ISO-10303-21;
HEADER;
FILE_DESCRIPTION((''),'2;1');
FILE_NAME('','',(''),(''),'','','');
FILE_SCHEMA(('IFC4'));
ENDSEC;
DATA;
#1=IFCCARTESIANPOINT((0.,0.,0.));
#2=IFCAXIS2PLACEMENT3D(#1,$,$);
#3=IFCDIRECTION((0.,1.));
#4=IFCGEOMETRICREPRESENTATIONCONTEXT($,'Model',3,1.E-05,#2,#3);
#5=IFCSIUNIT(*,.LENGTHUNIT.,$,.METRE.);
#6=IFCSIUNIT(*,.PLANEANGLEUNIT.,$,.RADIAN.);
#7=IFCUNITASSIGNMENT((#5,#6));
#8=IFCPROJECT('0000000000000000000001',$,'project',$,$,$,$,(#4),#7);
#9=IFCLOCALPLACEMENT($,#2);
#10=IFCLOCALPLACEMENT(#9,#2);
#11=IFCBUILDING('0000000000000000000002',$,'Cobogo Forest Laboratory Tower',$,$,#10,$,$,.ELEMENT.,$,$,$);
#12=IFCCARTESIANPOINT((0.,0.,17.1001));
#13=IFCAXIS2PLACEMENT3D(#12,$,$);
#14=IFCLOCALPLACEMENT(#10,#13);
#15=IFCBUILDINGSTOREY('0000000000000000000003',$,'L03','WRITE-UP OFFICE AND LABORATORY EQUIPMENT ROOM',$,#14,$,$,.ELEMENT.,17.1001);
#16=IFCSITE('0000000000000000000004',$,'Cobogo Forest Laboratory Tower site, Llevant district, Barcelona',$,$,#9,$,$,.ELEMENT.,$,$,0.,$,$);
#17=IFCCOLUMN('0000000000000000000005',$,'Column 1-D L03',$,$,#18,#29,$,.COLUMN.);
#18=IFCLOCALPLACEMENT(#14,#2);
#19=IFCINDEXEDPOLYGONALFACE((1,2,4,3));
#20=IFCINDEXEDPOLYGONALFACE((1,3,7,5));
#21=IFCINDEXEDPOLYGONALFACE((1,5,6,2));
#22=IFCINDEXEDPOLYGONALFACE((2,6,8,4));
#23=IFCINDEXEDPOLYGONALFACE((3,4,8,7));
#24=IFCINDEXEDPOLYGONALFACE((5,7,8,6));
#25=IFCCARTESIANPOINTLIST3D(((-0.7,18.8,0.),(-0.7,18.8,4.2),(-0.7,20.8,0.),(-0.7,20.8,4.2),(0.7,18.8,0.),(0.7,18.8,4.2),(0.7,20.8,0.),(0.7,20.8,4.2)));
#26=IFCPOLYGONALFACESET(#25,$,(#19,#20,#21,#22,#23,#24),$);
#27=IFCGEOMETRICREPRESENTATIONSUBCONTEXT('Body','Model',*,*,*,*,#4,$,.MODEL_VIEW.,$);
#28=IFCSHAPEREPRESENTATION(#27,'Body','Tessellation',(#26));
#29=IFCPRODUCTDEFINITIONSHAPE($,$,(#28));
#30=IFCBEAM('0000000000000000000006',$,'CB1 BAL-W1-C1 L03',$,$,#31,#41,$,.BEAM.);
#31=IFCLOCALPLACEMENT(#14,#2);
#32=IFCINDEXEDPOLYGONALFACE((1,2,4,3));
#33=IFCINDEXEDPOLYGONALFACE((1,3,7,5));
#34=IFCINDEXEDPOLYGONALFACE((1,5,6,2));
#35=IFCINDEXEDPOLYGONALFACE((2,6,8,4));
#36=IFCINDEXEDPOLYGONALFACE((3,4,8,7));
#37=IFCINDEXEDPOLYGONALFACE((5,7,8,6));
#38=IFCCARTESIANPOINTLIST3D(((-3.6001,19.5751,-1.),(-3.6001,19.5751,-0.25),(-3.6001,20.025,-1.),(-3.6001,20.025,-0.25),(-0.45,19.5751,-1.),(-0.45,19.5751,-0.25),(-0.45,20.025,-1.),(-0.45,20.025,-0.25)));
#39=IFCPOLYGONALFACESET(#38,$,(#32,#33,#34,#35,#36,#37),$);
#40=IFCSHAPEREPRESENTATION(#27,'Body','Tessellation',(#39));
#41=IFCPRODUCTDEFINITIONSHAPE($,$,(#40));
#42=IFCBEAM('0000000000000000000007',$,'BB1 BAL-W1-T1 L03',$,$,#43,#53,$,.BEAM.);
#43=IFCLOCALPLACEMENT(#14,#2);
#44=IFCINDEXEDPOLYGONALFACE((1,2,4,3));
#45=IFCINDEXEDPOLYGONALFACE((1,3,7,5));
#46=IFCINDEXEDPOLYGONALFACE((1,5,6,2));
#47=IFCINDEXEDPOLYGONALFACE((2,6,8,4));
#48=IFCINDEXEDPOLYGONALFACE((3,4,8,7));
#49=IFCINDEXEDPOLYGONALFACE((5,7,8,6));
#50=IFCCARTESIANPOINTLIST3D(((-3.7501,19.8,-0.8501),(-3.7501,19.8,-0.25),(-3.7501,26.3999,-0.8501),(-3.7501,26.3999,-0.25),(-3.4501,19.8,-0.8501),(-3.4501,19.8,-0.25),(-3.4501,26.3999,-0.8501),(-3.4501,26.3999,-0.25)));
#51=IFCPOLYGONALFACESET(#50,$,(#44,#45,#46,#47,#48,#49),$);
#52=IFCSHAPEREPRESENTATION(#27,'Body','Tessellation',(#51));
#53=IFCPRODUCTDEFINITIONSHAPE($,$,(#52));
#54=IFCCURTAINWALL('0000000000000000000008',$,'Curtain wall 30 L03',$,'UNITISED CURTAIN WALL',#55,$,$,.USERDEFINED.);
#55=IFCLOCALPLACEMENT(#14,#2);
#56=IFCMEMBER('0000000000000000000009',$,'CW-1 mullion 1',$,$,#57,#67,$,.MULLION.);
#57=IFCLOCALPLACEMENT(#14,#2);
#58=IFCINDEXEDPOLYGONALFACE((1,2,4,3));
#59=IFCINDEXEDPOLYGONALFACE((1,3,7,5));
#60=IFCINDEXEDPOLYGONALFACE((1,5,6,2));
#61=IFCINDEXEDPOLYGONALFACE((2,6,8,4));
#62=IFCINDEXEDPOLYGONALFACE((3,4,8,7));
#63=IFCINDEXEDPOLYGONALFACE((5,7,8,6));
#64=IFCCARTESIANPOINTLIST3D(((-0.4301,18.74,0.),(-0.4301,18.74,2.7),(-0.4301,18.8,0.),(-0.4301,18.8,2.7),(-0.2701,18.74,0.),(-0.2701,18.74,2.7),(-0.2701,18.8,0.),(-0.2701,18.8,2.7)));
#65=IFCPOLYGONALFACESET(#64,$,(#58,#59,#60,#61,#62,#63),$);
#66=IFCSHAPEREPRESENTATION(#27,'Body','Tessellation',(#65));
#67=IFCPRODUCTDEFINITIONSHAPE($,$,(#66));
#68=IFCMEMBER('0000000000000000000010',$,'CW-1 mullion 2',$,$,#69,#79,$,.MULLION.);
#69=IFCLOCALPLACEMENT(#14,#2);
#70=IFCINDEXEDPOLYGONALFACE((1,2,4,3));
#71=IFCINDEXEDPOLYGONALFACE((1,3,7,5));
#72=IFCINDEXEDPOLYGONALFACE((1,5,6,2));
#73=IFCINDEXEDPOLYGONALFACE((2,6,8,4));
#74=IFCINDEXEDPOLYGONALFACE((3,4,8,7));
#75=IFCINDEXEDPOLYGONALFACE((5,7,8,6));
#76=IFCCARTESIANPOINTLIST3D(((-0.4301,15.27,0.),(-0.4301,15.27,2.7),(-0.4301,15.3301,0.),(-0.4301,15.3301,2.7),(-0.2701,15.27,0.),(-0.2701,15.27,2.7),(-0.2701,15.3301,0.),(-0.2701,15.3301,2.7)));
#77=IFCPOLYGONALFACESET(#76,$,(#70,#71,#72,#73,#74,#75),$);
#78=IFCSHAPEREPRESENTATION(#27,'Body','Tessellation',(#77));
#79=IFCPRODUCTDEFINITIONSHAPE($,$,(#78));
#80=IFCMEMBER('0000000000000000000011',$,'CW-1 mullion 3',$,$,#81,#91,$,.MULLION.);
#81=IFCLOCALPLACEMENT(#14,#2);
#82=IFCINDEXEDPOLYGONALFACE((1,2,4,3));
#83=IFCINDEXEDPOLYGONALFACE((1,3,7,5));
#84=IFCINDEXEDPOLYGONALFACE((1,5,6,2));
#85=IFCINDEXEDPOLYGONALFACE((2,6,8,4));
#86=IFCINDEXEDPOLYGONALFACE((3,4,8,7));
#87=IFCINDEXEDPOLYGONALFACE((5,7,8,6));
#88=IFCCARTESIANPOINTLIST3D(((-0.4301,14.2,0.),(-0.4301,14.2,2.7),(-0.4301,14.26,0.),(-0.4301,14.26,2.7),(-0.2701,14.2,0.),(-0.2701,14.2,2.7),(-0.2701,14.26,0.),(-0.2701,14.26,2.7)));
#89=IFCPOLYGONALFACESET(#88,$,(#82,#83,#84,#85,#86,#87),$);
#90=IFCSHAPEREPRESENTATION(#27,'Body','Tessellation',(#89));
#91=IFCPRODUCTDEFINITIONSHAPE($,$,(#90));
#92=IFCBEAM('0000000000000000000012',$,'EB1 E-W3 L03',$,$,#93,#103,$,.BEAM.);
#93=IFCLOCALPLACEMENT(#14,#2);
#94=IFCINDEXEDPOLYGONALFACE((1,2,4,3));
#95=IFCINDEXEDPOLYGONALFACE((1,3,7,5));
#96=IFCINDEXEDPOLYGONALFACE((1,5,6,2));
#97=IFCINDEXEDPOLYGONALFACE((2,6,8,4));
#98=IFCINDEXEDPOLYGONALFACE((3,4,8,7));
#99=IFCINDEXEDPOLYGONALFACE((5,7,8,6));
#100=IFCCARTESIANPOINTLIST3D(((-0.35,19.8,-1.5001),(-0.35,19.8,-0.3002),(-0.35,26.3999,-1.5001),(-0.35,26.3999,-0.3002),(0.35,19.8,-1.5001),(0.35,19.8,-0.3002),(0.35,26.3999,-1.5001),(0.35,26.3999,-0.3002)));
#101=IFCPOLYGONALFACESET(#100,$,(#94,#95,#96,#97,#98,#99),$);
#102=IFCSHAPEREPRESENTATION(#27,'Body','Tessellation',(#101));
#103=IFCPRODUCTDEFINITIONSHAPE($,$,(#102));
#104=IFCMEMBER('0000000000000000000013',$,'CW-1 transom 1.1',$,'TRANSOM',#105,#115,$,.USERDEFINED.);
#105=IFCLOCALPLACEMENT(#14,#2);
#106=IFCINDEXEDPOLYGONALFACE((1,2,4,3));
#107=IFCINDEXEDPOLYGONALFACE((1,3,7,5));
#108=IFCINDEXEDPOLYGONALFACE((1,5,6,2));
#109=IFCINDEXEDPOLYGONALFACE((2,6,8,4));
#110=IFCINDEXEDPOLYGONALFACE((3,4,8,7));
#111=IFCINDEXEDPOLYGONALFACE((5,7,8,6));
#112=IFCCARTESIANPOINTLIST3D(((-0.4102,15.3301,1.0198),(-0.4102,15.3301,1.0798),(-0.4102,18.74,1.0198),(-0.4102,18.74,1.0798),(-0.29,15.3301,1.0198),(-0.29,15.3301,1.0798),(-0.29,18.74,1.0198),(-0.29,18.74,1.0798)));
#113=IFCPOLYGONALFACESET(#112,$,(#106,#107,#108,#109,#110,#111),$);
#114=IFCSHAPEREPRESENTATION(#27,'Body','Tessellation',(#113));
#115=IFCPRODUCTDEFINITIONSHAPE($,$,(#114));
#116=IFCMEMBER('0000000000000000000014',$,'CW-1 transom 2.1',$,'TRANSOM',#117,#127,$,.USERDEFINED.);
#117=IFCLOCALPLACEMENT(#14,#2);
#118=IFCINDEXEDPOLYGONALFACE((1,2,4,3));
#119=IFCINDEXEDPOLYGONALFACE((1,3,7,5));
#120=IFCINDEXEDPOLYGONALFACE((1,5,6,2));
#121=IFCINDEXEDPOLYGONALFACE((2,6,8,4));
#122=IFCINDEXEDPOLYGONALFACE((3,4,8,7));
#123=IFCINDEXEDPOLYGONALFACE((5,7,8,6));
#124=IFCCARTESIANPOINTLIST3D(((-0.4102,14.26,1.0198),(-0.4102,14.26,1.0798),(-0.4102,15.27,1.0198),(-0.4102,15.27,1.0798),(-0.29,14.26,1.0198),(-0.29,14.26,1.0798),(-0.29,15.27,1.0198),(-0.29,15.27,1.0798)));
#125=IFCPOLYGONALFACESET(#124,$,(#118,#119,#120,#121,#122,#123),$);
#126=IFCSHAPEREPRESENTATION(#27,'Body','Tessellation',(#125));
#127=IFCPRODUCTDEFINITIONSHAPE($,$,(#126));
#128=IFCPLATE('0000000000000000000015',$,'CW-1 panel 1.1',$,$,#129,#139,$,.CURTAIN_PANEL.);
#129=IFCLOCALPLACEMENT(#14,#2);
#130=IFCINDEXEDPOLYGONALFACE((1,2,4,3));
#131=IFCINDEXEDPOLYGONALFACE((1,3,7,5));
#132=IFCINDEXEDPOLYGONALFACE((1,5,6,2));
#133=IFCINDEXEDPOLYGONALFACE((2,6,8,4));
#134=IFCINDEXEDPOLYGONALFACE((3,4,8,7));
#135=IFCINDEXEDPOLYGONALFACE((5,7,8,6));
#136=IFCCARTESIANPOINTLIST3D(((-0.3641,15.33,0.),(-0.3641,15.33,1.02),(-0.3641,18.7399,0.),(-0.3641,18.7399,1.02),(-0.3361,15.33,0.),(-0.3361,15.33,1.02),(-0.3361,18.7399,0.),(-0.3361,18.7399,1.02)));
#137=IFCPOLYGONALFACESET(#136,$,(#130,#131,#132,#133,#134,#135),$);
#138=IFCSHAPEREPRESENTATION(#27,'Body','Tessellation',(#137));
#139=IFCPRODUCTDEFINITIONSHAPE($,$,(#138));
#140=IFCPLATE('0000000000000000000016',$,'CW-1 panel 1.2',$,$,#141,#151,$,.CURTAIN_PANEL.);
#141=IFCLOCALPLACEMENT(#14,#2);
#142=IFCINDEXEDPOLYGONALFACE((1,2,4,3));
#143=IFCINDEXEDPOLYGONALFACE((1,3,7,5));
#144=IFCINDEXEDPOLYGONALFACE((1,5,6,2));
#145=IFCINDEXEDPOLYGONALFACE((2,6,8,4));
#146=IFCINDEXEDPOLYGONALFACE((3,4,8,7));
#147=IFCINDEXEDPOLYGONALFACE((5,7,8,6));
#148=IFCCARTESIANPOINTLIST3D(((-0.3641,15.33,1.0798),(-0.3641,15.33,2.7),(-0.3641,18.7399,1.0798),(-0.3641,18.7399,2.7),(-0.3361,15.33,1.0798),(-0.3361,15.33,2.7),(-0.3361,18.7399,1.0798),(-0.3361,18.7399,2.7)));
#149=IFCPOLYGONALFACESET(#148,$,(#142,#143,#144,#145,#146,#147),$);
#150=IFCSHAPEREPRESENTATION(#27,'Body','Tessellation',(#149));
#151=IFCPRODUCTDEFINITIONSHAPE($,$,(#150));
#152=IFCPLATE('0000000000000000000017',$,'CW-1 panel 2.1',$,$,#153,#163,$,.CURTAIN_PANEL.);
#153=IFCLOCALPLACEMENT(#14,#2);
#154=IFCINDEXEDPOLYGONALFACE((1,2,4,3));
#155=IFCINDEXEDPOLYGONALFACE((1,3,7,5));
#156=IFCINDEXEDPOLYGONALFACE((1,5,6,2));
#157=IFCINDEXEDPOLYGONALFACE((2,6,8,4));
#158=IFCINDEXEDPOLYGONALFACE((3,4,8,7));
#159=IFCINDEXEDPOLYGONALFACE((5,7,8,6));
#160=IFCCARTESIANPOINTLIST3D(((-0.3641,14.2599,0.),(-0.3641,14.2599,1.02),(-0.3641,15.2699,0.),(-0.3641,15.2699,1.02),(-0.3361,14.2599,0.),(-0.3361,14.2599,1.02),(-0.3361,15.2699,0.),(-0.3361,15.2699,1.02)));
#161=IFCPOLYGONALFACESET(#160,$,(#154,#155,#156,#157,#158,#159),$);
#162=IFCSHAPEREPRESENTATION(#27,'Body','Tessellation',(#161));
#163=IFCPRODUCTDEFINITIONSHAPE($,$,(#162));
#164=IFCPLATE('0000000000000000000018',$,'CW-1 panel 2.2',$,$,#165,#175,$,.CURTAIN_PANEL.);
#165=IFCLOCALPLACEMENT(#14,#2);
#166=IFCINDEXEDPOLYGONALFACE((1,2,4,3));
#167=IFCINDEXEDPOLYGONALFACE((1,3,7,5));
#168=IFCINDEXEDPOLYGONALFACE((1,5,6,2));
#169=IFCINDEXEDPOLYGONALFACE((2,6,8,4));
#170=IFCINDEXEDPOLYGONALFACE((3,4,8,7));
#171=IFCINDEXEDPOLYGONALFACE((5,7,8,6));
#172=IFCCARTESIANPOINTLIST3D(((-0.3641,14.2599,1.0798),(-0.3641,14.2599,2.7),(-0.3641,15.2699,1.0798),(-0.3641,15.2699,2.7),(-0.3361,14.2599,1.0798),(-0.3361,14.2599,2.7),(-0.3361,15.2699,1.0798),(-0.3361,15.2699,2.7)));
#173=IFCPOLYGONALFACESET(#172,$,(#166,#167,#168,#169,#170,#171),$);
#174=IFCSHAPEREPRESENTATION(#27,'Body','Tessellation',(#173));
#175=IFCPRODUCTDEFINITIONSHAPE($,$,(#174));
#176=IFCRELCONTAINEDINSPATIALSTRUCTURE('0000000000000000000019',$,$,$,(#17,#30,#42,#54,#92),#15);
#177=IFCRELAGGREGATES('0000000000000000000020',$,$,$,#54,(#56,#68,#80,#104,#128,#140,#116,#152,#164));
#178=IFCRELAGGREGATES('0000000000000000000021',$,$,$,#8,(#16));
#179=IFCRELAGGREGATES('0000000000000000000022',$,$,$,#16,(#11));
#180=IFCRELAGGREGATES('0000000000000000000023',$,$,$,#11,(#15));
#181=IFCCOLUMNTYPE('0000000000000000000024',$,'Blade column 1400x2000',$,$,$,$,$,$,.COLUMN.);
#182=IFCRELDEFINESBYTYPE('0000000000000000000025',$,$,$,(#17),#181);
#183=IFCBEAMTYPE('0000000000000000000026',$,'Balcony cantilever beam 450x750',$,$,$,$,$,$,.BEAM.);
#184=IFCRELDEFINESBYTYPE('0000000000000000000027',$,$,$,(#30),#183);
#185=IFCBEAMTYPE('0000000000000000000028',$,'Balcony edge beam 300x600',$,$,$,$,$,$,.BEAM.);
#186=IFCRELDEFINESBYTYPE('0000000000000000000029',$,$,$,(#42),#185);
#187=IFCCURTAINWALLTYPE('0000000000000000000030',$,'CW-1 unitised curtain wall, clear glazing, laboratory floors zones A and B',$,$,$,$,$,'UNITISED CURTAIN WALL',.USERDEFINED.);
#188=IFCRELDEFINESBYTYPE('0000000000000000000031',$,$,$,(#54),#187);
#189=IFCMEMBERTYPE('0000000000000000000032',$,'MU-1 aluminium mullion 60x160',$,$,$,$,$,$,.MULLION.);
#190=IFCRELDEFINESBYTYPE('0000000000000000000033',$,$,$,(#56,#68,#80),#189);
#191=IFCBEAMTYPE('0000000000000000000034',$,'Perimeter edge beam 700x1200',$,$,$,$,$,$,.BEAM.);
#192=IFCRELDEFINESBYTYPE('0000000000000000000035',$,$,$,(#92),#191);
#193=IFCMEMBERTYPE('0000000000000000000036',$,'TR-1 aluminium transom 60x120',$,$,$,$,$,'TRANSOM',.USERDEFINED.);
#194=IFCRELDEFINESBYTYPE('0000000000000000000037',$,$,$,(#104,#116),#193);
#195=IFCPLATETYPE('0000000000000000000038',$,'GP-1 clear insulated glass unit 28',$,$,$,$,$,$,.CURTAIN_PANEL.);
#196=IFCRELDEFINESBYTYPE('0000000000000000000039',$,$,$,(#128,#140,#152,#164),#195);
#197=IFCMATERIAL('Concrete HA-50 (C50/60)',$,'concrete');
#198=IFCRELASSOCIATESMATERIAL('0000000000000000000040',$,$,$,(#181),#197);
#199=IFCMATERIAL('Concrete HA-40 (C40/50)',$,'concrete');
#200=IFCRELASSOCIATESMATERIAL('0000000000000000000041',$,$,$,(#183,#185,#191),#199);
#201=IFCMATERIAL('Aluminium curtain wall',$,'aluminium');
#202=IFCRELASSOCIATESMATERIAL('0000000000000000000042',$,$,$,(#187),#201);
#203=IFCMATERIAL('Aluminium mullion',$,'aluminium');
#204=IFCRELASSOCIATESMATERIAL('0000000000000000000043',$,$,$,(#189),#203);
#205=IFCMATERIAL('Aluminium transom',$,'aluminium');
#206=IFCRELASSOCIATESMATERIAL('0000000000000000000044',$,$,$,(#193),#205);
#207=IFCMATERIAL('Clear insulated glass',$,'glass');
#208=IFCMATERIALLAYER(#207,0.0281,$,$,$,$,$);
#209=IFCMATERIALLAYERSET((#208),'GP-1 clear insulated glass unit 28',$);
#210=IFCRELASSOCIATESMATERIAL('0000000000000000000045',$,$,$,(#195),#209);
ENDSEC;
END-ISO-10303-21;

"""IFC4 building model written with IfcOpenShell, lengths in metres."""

from ifc_helpers import new_model, si_unit, direction, frame, origin, origin_2d, place, context, subcontext, project, spatial, rectangle, extrude, material, layer, layer_set, material_profile, profile_set, type_object, element, aggregate, save


model = new_model("IFC4")

# Units and contexts
model_context = context("Model", 3, precision=1e-05, world=origin(), true_north=direction((0.0, 1.0)))
body_context = subcontext(model_context, "Body", "Model", "MODEL_VIEW")
ifc_project = project(units=[si_unit("LENGTHUNIT", "METRE"), si_unit("PLANEANGLEUNIT", "RADIAN")], contexts=[model_context])

# Site, building, storey
site_placement = place(None, origin())
site = spatial("IfcSite", under=ifc_project, at=site_placement, Name="Cobogo Forest Laboratory Tower site, Llevant district, Barcelona", CompositionType="ELEMENT", RefElevation=0.0)
building_placement = place(site_placement, origin())
building = spatial("IfcBuilding", under=site, at=building_placement, Name="Cobogo Forest Laboratory Tower", CompositionType="ELEMENT")
storey_placement = place(building_placement, frame((0.0, 0.0, 17.1001)))
storey = spatial("IfcBuildingStorey", under=building, at=storey_placement, Name="L03", Description="WRITE-UP OFFICE AND LABORATORY EQUIPMENT ROOM", CompositionType="ELEMENT", Elevation=17.1001)

# Column
ifc_material_1 = material(Name="Concrete HA-50 (C50/60)", Category="concrete")
ifc_material_profile_1 = material_profile(ifc_material_1, rectangle(XDim=2.0, YDim=1.3999, at=origin_2d()), Name="RC 1400x2000")
ifc_profile_set_1 = profile_set([ifc_material_profile_1], Name="Concrete HA-50 (C50/60)")
column_type = type_object("IfcColumnType", Name="Blade column 1400x2000", PredefinedType="COLUMN", material=ifc_profile_set_1)
column_placement = place(storey_placement, frame((0.0, 19.8, 0.0), z_axis=(0.0, 0.0, 1.0), x_axis=(0.0, 1.0, 0.0)))
element("IfcColumn", 1, at=column_placement, inside=storey, type_object=column_type, Name="Column 1-D L03", PredefinedType="COLUMN", context=body_context, shape_type="SweptSolid", body=[
    extrude(rectangle(XDim=2.0, YDim=1.3999, at=origin_2d()), origin(), (0.0, 0.0, 1.0), 4.2),
])

# Beams
ifc_material_2 = material(Name="Concrete HA-40 (C40/50)", Category="concrete")
ifc_material_profile_2 = material_profile(ifc_material_2, rectangle(XDim=0.45, YDim=0.75, at=origin_2d()), Name="RC 450x750")
ifc_profile_set_2 = profile_set([ifc_material_profile_2], Name="Concrete HA-40 (C40/50)")
beam_type_1 = type_object("IfcBeamType", Name="Balcony cantilever beam 450x750", PredefinedType="BEAM", material=ifc_profile_set_2)
beam_1_placement = place(storey_placement, frame((-0.45, 19.8, -0.625), z_axis=(-1.0, 0.0, 0.0), x_axis=(0.0, -1.0, 0.0)))
element("IfcBeam", 2, at=beam_1_placement, inside=storey, type_object=beam_type_1, Name="CB1 BAL-W1-C1 L03", PredefinedType="BEAM", context=body_context, shape_type="SweptSolid", body=[
    extrude(rectangle(XDim=0.45, YDim=0.75, at=origin_2d()), origin(), (0.0, 0.0, 1.0), 3.1501),
])
ifc_material_profile_3 = material_profile(ifc_material_2, rectangle(XDim=0.3, YDim=0.6001, at=origin_2d()), Name="RC 300x600")
ifc_profile_set_3 = profile_set([ifc_material_profile_3], Name="Concrete HA-40 (C40/50)")
beam_type_2 = type_object("IfcBeamType", Name="Balcony edge beam 300x600", PredefinedType="BEAM", material=ifc_profile_set_3)
beam_2_placement = place(storey_placement, frame((-3.6001, 19.8, -0.55), z_axis=(0.0, 1.0, 0.0), x_axis=(-1.0, 0.0, 0.0)))
element("IfcBeam", 3, at=beam_2_placement, inside=storey, type_object=beam_type_2, Name="BB1 BAL-W1-T1 L03", PredefinedType="BEAM", context=body_context, shape_type="SweptSolid", body=[
    extrude(rectangle(XDim=0.3, YDim=0.6001, at=origin_2d()), origin(), (0.0, 0.0, 1.0), 6.5999),
])

# Curtain wall, members
ifc_material_3 = material(Name="Aluminium curtain wall", Category="aluminium")
curtain_wall_type = type_object("IfcCurtainWallType", Name="CW-1 unitised curtain wall, clear glazing, laboratory floors zones A and B", ElementType="UNITISED CURTAIN WALL", PredefinedType="USERDEFINED", material=ifc_material_3)
curtain_wall_placement = place(storey_placement, origin())
curtain_wall = element("IfcCurtainWall", 4, at=curtain_wall_placement, inside=storey, type_object=curtain_wall_type, Name="Curtain wall 30 L03", ObjectType="UNITISED CURTAIN WALL", PredefinedType="USERDEFINED")
ifc_material_4 = material(Name="Aluminium mullion", Category="aluminium")
ifc_material_profile_4 = material_profile(ifc_material_4, rectangle(XDim=0.0601, YDim=0.1599, at=origin_2d()), Name="AL 60x160")
ifc_profile_set_4 = profile_set([ifc_material_profile_4], Name="Aluminium mullion")
member_type_1 = type_object("IfcMemberType", Name="MU-1 aluminium mullion 60x160", PredefinedType="MULLION", material=ifc_profile_set_4)
member_1_placement = place(storey_placement, frame((-0.3501, 18.77, 0.0), z_axis=(0.0, 0.0, 1.0), x_axis=(0.0, -1.0, 0.0)))
member_1 = element("IfcMember", 5, at=member_1_placement, type_object=member_type_1, Name="CW-1 mullion 1", PredefinedType="MULLION", context=body_context, shape_type="SweptSolid", body=[
    extrude(rectangle(XDim=0.0601, YDim=0.1599, at=origin_2d()), origin(), (0.0, 0.0, 1.0), 2.7),
])
member_2_placement = place(storey_placement, frame((-0.3501, 15.3, 0.0), z_axis=(0.0, 0.0, 1.0), x_axis=(0.0, -1.0, 0.0)))
member_2 = element("IfcMember", 6, at=member_2_placement, type_object=member_type_1, Name="CW-1 mullion 2", PredefinedType="MULLION", context=body_context, shape_type="SweptSolid", body=[
    extrude(rectangle(XDim=0.0601, YDim=0.1599, at=origin_2d()), origin(), (0.0, 0.0, 1.0), 2.7),
])
member_3_placement = place(storey_placement, frame((-0.3501, 14.23, 0.0), z_axis=(0.0, 0.0, 1.0), x_axis=(0.0, -1.0, 0.0)))
member_3 = element("IfcMember", 7, at=member_3_placement, type_object=member_type_1, Name="CW-1 mullion 3", PredefinedType="MULLION", context=body_context, shape_type="SweptSolid", body=[
    extrude(rectangle(XDim=0.0601, YDim=0.1599, at=origin_2d()), origin(), (0.0, 0.0, 1.0), 2.7),
])

# Beam
ifc_material_profile_5 = material_profile(ifc_material_2, rectangle(XDim=0.7, YDim=1.2, at=origin_2d()), Name="RC 700x1200")
ifc_profile_set_5 = profile_set([ifc_material_profile_5], Name="Concrete HA-40 (C40/50)")
beam_type_3 = type_object("IfcBeamType", Name="Perimeter edge beam 700x1200", PredefinedType="BEAM", material=ifc_profile_set_5)
beam_3_placement = place(storey_placement, frame((0.0, 19.8, -0.9001), z_axis=(0.0, 1.0, 0.0), x_axis=(-1.0, 0.0, 0.0)))
element("IfcBeam", 8, at=beam_3_placement, inside=storey, type_object=beam_type_3, Name="EB1 E-W3 L03", PredefinedType="BEAM", context=body_context, shape_type="SweptSolid", body=[
    extrude(rectangle(XDim=0.7, YDim=1.2, at=origin_2d()), origin(), (0.0, 0.0, 1.0), 6.5999),
])

# Members
ifc_material_5 = material(Name="Aluminium transom", Category="aluminium")
ifc_material_profile_6 = material_profile(ifc_material_5, rectangle(XDim=0.1201, YDim=0.0601, at=origin_2d()), Name="AL 60x120")
ifc_profile_set_6 = profile_set([ifc_material_profile_6], Name="Aluminium transom")
member_type_2 = type_object("IfcMemberType", Name="TR-1 aluminium transom 60x120", ElementType="TRANSOM", PredefinedType="USERDEFINED", material=ifc_profile_set_6)
member_4_placement = place(storey_placement, frame((-0.3501, 18.74, 1.0498), z_axis=(0.0, -1.0, 0.0), x_axis=(1.0, 0.0, 0.0)))
member_4 = element("IfcMember", 9, at=member_4_placement, type_object=member_type_2, Name="CW-1 transom 1.1", ObjectType="TRANSOM", PredefinedType="USERDEFINED", context=body_context, shape_type="SweptSolid", body=[
    extrude(rectangle(XDim=0.1201, YDim=0.0601, at=origin_2d()), origin(), (0.0, 0.0, 1.0), 3.4099),
])
member_5_placement = place(storey_placement, frame((-0.3501, 15.27, 1.0498), z_axis=(0.0, -1.0, 0.0), x_axis=(1.0, 0.0, 0.0)))
member_5 = element("IfcMember", 10, at=member_5_placement, type_object=member_type_2, Name="CW-1 transom 2.1", ObjectType="TRANSOM", PredefinedType="USERDEFINED", context=body_context, shape_type="SweptSolid", body=[
    extrude(rectangle(XDim=0.1201, YDim=0.0601, at=origin_2d()), origin(), (0.0, 0.0, 1.0), 1.01),
])

# Plates
ifc_material_6 = material(Name="Clear insulated glass", Category="glass")
ifc_layer_1 = layer(ifc_material_6, 0.0281)
ifc_layer_set_1 = layer_set([ifc_layer_1], Name="GP-1 clear insulated glass unit 28")
plate_type_1 = type_object("IfcPlateType", Name="GP-1 clear insulated glass unit 28", PredefinedType="CURTAIN_PANEL", material=ifc_layer_set_1)
plate_1_placement = place(storey_placement, frame((-0.3501, 17.0349, 0.0), z_axis=(0.0, 0.0, 1.0), x_axis=(0.0, -1.0, 0.0)))
plate_1 = element("IfcPlate", 11, at=plate_1_placement, type_object=plate_type_1, Name="CW-1 panel 1.1", PredefinedType="CURTAIN_PANEL", context=body_context, shape_type="SweptSolid", body=[
    extrude(rectangle(XDim=3.4099, YDim=0.0281, at=origin_2d()), origin(), (0.0, 0.0, 1.0), 1.02),
])
plate_2_placement = place(storey_placement, frame((-0.3501, 17.0349, 1.0798), z_axis=(0.0, 0.0, 1.0), x_axis=(0.0, -1.0, 0.0)))
plate_2 = element("IfcPlate", 12, at=plate_2_placement, type_object=plate_type_1, Name="CW-1 panel 1.2", PredefinedType="CURTAIN_PANEL", context=body_context, shape_type="SweptSolid", body=[
    extrude(rectangle(XDim=3.4099, YDim=0.0281, at=origin_2d()), origin(), (0.0, 0.0, 1.0), 1.6201),
])
plate_3_placement = place(storey_placement, frame((-0.3501, 14.7649, 0.0), z_axis=(0.0, 0.0, 1.0), x_axis=(0.0, -1.0, 0.0)))
plate_3 = element("IfcPlate", 13, at=plate_3_placement, type_object=plate_type_1, Name="CW-1 panel 2.1", PredefinedType="CURTAIN_PANEL", context=body_context, shape_type="SweptSolid", body=[
    extrude(rectangle(XDim=1.01, YDim=0.0281, at=origin_2d()), origin(), (0.0, 0.0, 1.0), 1.02),
])
plate_4_placement = place(storey_placement, frame((-0.3501, 14.7649, 1.0798), z_axis=(0.0, 0.0, 1.0), x_axis=(0.0, -1.0, 0.0)))
plate_4 = element("IfcPlate", 14, at=plate_4_placement, type_object=plate_type_1, Name="CW-1 panel 2.2", PredefinedType="CURTAIN_PANEL", context=body_context, shape_type="SweptSolid", body=[
    extrude(rectangle(XDim=1.01, YDim=0.0281, at=origin_2d()), origin(), (0.0, 0.0, 1.0), 1.6201),
])
aggregate(curtain_wall, [member_1, member_2, member_3, member_4, plate_1, plate_2, member_5, plate_3, plate_4])

save(model, "model.ifc")
